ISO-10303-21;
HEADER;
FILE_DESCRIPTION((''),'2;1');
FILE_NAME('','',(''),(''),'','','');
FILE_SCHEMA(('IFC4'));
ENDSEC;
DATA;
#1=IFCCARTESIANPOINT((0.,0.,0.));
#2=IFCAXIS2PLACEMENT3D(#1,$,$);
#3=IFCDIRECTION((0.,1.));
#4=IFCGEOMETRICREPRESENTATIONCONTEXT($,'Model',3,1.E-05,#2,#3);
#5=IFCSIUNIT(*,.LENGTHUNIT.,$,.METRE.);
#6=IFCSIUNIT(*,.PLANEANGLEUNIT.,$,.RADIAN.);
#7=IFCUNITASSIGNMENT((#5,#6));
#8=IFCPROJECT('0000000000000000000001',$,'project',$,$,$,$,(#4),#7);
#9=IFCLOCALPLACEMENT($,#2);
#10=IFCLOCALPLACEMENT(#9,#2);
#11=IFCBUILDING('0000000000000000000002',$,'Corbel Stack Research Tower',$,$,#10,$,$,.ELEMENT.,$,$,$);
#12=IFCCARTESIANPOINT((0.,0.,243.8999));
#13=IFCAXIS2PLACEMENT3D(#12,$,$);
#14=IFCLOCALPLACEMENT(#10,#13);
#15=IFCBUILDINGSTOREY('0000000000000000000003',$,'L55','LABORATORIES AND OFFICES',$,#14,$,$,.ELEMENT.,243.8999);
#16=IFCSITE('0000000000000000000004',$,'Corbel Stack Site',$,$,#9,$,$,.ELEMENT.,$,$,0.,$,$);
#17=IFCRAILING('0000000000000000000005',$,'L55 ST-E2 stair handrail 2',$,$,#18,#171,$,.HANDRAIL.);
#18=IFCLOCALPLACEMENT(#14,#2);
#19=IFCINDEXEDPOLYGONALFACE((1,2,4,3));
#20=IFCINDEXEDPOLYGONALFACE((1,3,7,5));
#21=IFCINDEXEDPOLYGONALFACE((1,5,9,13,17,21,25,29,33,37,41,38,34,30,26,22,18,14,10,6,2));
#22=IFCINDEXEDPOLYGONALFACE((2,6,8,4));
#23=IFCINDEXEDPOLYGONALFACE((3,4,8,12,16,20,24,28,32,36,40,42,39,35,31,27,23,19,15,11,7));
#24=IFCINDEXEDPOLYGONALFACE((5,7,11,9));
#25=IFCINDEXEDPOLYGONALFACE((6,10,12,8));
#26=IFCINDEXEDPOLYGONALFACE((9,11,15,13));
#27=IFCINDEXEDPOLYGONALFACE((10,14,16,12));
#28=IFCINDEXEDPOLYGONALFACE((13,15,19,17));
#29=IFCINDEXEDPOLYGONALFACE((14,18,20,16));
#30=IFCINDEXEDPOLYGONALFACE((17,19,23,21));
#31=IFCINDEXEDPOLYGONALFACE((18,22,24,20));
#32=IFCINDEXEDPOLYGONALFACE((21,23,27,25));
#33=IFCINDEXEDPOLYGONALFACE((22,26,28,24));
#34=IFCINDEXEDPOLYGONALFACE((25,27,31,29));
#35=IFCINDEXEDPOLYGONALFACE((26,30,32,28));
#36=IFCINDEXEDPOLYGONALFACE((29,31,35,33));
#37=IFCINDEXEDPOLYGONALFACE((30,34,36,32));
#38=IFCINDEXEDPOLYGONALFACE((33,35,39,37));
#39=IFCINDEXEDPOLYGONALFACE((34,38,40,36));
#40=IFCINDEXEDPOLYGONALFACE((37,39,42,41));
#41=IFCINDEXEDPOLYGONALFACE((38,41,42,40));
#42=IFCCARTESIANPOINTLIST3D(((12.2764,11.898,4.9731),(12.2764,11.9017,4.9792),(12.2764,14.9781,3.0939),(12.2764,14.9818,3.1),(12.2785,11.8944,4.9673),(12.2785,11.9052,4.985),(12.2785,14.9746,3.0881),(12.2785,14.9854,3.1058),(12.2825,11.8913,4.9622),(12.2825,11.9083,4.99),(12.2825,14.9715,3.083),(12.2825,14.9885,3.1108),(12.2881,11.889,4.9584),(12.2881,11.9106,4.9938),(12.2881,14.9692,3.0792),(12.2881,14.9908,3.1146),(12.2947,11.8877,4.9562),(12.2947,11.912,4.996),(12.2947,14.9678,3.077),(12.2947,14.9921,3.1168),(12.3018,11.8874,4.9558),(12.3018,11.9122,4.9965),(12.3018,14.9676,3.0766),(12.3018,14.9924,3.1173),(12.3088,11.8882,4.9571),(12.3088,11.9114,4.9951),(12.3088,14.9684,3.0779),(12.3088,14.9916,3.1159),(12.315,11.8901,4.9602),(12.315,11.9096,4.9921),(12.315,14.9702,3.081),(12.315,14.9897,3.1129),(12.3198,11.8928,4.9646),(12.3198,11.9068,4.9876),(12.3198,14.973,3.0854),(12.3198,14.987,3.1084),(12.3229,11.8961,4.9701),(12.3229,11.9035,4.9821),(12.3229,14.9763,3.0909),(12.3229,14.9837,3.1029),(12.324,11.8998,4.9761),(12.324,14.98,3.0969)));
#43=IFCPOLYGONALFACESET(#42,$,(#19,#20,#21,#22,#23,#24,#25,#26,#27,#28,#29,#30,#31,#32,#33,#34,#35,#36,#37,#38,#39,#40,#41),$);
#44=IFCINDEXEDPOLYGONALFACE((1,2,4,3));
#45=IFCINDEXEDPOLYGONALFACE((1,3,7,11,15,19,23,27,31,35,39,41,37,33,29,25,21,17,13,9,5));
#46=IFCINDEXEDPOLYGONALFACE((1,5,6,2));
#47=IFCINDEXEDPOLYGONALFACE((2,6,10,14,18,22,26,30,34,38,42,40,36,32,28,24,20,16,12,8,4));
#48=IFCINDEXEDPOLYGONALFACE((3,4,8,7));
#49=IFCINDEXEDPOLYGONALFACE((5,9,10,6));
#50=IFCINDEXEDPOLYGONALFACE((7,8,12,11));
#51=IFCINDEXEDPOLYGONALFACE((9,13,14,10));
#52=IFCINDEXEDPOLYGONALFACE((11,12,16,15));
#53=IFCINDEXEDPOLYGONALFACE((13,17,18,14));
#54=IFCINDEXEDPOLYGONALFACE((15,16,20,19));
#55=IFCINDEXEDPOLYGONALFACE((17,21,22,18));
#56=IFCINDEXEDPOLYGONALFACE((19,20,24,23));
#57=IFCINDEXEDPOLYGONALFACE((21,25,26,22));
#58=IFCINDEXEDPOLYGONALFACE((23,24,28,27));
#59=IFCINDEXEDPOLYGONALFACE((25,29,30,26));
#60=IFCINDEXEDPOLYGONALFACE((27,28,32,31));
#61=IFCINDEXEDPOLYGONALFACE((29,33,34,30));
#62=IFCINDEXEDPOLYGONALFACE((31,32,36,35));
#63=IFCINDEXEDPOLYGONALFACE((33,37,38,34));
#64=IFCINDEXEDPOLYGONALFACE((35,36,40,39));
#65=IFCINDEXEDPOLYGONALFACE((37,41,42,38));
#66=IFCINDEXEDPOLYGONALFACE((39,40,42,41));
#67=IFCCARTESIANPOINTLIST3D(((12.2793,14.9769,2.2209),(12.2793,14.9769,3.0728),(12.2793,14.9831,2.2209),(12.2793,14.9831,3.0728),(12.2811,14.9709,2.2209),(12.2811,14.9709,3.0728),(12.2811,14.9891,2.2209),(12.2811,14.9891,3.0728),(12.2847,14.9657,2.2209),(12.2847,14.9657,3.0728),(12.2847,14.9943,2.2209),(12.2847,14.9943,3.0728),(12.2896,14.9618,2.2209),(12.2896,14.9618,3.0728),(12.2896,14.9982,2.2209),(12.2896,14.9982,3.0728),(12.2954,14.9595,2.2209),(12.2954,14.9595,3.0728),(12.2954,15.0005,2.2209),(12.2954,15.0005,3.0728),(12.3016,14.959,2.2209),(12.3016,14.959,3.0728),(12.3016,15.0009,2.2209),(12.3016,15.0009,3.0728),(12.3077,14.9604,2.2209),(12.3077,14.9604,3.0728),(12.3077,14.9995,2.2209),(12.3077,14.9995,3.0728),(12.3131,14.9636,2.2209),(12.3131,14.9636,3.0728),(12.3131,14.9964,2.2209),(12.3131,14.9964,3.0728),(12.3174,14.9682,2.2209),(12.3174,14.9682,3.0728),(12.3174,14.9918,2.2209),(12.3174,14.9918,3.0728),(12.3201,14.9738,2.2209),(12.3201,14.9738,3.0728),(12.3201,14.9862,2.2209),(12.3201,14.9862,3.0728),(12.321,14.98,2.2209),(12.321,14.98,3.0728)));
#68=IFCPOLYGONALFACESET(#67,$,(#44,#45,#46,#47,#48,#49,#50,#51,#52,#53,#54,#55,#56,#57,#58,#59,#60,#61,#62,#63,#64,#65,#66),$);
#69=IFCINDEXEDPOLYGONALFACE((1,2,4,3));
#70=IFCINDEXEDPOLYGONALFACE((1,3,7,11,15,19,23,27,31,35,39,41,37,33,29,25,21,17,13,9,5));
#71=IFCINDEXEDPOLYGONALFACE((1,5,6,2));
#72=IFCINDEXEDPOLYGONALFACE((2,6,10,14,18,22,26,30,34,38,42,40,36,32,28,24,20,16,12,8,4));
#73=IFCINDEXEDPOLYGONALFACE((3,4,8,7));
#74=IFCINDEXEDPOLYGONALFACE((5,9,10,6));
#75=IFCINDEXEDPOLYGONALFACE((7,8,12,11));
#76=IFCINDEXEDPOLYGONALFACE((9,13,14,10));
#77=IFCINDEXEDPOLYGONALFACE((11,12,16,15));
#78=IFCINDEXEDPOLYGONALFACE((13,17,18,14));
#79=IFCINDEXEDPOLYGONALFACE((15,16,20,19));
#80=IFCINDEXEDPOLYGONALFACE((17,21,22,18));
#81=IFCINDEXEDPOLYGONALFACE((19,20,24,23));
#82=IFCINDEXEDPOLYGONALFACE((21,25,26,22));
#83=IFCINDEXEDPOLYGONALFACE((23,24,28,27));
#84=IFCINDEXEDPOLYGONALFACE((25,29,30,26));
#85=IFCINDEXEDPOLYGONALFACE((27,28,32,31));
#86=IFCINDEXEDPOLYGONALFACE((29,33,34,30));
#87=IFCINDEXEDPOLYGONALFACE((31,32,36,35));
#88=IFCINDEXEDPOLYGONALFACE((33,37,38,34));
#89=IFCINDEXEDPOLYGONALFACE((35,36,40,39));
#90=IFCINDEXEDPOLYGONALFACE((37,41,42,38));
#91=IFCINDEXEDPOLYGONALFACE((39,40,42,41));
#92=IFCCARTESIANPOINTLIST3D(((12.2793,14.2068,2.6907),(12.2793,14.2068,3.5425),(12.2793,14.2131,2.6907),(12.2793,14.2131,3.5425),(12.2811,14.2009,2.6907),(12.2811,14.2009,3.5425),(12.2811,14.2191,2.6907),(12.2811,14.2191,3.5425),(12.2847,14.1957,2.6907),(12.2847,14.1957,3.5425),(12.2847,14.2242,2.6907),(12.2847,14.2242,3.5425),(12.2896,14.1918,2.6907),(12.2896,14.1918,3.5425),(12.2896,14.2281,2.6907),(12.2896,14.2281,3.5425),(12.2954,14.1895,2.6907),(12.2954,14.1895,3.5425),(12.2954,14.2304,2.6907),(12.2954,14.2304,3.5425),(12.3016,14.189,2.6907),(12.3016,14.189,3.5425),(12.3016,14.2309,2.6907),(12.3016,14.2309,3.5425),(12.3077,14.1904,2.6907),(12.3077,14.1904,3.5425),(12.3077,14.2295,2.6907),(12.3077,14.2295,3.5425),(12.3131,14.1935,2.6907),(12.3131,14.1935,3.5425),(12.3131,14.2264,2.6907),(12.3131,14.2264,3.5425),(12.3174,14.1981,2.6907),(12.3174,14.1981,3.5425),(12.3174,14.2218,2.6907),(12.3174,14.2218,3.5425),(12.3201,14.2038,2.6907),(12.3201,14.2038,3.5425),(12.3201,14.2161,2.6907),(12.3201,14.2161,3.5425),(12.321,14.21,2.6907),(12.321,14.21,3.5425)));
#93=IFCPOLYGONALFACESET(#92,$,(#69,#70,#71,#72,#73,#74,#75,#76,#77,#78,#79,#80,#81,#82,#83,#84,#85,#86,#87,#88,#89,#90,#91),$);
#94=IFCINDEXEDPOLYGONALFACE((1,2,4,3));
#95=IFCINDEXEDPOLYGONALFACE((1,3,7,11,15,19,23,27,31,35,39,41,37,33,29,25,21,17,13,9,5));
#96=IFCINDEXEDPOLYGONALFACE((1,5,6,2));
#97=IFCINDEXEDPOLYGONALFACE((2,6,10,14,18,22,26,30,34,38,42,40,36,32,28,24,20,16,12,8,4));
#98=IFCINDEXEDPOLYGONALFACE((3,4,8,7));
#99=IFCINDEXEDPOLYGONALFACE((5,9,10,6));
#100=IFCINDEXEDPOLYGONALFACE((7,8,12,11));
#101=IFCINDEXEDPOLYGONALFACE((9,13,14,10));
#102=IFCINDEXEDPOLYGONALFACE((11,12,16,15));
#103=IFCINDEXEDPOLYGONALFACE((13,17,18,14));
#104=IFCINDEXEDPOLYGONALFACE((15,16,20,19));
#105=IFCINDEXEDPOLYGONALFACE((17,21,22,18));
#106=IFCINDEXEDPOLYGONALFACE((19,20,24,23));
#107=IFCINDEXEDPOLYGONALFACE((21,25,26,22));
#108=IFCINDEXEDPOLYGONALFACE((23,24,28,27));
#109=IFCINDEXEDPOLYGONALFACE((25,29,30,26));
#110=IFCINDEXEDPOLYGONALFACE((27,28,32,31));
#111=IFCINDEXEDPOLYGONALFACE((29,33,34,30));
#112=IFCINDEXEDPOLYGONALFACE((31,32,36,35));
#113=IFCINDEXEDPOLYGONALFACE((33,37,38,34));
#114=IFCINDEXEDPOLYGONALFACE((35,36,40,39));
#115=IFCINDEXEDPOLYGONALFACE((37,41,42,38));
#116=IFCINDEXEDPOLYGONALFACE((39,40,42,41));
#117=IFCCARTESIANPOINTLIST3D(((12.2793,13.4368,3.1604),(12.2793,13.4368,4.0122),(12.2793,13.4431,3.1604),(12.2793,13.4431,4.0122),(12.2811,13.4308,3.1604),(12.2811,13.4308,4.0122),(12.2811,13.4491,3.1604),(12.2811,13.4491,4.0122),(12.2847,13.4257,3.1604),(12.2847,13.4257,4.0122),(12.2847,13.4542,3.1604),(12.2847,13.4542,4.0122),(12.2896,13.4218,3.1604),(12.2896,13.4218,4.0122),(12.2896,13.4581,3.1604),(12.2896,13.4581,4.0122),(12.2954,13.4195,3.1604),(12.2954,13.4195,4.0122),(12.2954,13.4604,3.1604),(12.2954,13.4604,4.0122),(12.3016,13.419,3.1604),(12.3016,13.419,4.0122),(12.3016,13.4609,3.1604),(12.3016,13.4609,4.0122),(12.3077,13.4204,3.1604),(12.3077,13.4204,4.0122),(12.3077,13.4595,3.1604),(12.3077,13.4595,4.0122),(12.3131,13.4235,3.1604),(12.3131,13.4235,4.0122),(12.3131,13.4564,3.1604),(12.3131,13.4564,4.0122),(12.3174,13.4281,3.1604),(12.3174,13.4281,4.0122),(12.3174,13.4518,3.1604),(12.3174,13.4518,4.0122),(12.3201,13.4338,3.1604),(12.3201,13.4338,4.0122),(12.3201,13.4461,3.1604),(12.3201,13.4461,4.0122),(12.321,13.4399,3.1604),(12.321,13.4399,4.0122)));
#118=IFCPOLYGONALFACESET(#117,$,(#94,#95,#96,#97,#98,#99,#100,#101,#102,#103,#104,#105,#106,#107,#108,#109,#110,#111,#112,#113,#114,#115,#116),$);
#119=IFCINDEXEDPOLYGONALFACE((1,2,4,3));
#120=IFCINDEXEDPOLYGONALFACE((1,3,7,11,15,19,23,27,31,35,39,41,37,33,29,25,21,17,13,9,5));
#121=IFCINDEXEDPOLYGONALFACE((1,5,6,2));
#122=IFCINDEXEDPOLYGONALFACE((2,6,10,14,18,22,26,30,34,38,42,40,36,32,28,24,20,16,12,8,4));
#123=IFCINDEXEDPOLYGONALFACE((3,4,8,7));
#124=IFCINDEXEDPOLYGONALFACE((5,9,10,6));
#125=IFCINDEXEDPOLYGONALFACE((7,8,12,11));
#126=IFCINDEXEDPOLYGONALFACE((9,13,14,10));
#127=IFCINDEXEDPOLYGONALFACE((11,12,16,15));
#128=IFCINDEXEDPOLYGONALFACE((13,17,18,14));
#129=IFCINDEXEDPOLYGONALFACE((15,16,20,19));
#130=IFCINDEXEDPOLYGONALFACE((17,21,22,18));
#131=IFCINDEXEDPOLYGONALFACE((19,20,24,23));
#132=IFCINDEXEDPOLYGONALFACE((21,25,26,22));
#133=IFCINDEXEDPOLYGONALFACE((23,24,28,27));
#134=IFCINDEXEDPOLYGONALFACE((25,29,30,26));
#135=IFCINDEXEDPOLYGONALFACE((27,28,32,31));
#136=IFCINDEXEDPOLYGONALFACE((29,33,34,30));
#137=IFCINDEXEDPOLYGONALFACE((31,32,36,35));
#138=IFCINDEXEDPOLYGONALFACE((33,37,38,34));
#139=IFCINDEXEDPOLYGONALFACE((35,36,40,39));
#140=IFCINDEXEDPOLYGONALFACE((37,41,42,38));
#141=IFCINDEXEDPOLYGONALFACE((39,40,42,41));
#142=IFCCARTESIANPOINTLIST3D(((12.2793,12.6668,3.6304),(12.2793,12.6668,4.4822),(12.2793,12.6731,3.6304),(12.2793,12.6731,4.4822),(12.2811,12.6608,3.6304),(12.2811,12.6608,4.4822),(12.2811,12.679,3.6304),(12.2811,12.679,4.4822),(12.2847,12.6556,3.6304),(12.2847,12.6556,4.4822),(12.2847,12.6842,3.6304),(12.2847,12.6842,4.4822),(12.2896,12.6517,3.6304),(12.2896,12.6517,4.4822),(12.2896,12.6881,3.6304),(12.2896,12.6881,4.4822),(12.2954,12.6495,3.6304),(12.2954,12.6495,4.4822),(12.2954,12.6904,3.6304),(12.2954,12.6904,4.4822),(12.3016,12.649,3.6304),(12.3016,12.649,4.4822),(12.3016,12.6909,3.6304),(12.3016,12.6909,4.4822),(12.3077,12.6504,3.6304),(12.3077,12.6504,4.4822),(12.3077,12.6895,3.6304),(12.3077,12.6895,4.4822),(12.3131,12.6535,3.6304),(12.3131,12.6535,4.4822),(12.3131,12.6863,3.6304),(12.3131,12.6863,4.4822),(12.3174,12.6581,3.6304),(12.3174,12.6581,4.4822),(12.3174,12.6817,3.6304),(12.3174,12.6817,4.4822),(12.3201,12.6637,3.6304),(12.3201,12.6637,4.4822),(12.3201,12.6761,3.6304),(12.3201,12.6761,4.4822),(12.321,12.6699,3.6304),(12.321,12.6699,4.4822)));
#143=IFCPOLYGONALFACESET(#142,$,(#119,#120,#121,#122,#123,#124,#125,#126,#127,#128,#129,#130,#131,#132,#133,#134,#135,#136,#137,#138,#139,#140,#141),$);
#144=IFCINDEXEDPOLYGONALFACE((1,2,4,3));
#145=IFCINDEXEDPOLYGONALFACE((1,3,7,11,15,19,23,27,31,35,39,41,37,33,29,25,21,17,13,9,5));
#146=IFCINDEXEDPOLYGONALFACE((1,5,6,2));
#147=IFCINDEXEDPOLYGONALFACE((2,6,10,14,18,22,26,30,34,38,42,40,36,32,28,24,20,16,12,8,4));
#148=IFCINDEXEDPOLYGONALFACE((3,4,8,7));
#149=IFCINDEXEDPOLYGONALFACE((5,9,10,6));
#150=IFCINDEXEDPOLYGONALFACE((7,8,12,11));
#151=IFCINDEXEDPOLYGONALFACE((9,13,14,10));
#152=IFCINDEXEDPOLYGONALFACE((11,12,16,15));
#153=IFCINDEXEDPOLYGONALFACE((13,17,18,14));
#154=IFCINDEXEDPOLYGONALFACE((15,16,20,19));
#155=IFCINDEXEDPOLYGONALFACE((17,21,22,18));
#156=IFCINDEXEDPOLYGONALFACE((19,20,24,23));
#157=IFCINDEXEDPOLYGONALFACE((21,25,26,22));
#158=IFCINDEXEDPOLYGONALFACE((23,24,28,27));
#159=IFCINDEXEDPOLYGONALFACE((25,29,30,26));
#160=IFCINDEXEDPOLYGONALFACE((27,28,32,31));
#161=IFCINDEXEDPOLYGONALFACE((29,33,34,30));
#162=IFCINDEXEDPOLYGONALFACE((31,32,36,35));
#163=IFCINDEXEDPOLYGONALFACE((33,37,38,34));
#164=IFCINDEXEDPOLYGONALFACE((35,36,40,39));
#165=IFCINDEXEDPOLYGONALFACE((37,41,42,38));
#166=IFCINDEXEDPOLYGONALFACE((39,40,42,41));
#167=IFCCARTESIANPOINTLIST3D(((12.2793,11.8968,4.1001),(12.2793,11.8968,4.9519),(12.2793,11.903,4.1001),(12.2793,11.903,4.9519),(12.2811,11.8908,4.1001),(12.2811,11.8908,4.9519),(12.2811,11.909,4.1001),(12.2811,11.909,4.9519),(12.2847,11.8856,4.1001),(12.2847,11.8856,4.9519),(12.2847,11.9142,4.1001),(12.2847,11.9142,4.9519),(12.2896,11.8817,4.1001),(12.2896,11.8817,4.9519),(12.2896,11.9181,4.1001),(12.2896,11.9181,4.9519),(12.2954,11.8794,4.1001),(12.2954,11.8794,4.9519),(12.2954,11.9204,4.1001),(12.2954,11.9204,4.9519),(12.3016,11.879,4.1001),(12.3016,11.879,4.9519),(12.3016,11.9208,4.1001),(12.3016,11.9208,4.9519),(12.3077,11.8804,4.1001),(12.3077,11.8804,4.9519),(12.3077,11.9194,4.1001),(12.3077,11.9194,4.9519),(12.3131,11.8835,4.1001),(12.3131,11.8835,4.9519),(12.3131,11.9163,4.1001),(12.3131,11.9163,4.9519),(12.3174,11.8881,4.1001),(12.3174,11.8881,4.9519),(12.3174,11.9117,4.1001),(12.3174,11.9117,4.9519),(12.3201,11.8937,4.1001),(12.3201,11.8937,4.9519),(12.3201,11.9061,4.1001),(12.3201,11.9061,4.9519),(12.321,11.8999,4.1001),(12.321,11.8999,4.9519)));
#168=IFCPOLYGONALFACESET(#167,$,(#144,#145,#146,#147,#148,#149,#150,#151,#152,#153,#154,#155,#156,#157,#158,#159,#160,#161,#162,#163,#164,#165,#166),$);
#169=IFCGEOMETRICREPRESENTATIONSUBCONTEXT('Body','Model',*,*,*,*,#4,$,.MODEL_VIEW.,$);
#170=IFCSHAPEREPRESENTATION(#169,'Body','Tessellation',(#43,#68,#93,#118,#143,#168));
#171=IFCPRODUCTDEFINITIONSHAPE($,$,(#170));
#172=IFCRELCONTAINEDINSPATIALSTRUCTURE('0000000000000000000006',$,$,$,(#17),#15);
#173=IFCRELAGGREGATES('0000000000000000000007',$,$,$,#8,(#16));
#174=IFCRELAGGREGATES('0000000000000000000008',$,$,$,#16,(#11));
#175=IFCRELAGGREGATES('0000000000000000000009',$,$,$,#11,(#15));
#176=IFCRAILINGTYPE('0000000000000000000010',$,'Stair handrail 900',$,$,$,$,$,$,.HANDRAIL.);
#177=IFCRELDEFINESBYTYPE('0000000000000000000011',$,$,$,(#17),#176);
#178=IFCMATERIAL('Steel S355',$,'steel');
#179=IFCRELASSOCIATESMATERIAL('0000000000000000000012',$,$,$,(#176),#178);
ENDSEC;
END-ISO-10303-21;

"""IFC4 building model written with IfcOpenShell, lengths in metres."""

from ifc_helpers import new_model, si_unit, direction, frame, origin, origin_2d, place, context, subcontext, project, spatial, circle, extrude, material, type_object, element, save


model = new_model("IFC4")

# Units and contexts
model_context = context("Model", 3, precision=1e-05, world=origin(), true_north=direction((0.0, 1.0)))
body_context = subcontext(model_context, "Body", "Model", "MODEL_VIEW")
ifc_project = project(units=[si_unit("LENGTHUNIT", "METRE"), si_unit("PLANEANGLEUNIT", "RADIAN")], contexts=[model_context])

# Site, building, storey
site_placement = place(None, origin())
site = spatial("IfcSite", under=ifc_project, at=site_placement, Name="Corbel Stack Site", CompositionType="ELEMENT", RefElevation=0.0)
building_placement = place(site_placement, origin())
building = spatial("IfcBuilding", under=site, at=building_placement, Name="Corbel Stack Research Tower", CompositionType="ELEMENT")
storey_placement = place(building_placement, frame((0.0, 0.0, 243.8999)))
storey = spatial("IfcBuildingStorey", under=building, at=storey_placement, Name="L55", Description="LABORATORIES AND OFFICES", CompositionType="ELEMENT", Elevation=243.8999)

# Railing
ifc_material_1 = material(Name="Steel S355", Category="steel")
railing_type_1 = type_object("IfcRailingType", Name="Stair handrail 900", PredefinedType="HANDRAIL", material=ifc_material_1)
railing_1_placement = place(storey_placement, frame((12.3, 14.98, 2.2209)))
element("IfcRailing", 1, at=railing_1_placement, inside=storey, type_object=railing_type_1, Name="L55 ST-E2 stair handrail 2", PredefinedType="HANDRAIL", context=body_context, shape_type="SweptSolid", body=[
    extrude(circle(Radius=0.0239, at=origin_2d()), frame((0.0, 0.0, 0.876), z_axis=(0.0, -0.853666, 0.52082), x_axis=(1.0, 0.0, 0.0)), (0.0, 0.0, 1.0), 3.6082),
    extrude(circle(Radius=0.021, at=origin_2d()), origin(), (0.0, 0.0, 1.0), 0.8518),
    extrude(circle(Radius=0.021, at=origin_2d()), frame((0.0, -0.77, 0.4697)), (0.0, 0.0, 1.0), 0.8518),
    extrude(circle(Radius=0.021, at=origin_2d()), frame((0.0, -1.54, 0.9395)), (0.0, 0.0, 1.0), 0.8518),
    extrude(circle(Radius=0.021, at=origin_2d()), frame((0.0, -2.3101, 1.4094)), (0.0, 0.0, 1.0), 0.8518),
    extrude(circle(Radius=0.021, at=origin_2d()), frame((0.0, -3.0801, 1.8792)), (0.0, 0.0, 1.0), 0.8518),
])

save(model, "model.ifc")
